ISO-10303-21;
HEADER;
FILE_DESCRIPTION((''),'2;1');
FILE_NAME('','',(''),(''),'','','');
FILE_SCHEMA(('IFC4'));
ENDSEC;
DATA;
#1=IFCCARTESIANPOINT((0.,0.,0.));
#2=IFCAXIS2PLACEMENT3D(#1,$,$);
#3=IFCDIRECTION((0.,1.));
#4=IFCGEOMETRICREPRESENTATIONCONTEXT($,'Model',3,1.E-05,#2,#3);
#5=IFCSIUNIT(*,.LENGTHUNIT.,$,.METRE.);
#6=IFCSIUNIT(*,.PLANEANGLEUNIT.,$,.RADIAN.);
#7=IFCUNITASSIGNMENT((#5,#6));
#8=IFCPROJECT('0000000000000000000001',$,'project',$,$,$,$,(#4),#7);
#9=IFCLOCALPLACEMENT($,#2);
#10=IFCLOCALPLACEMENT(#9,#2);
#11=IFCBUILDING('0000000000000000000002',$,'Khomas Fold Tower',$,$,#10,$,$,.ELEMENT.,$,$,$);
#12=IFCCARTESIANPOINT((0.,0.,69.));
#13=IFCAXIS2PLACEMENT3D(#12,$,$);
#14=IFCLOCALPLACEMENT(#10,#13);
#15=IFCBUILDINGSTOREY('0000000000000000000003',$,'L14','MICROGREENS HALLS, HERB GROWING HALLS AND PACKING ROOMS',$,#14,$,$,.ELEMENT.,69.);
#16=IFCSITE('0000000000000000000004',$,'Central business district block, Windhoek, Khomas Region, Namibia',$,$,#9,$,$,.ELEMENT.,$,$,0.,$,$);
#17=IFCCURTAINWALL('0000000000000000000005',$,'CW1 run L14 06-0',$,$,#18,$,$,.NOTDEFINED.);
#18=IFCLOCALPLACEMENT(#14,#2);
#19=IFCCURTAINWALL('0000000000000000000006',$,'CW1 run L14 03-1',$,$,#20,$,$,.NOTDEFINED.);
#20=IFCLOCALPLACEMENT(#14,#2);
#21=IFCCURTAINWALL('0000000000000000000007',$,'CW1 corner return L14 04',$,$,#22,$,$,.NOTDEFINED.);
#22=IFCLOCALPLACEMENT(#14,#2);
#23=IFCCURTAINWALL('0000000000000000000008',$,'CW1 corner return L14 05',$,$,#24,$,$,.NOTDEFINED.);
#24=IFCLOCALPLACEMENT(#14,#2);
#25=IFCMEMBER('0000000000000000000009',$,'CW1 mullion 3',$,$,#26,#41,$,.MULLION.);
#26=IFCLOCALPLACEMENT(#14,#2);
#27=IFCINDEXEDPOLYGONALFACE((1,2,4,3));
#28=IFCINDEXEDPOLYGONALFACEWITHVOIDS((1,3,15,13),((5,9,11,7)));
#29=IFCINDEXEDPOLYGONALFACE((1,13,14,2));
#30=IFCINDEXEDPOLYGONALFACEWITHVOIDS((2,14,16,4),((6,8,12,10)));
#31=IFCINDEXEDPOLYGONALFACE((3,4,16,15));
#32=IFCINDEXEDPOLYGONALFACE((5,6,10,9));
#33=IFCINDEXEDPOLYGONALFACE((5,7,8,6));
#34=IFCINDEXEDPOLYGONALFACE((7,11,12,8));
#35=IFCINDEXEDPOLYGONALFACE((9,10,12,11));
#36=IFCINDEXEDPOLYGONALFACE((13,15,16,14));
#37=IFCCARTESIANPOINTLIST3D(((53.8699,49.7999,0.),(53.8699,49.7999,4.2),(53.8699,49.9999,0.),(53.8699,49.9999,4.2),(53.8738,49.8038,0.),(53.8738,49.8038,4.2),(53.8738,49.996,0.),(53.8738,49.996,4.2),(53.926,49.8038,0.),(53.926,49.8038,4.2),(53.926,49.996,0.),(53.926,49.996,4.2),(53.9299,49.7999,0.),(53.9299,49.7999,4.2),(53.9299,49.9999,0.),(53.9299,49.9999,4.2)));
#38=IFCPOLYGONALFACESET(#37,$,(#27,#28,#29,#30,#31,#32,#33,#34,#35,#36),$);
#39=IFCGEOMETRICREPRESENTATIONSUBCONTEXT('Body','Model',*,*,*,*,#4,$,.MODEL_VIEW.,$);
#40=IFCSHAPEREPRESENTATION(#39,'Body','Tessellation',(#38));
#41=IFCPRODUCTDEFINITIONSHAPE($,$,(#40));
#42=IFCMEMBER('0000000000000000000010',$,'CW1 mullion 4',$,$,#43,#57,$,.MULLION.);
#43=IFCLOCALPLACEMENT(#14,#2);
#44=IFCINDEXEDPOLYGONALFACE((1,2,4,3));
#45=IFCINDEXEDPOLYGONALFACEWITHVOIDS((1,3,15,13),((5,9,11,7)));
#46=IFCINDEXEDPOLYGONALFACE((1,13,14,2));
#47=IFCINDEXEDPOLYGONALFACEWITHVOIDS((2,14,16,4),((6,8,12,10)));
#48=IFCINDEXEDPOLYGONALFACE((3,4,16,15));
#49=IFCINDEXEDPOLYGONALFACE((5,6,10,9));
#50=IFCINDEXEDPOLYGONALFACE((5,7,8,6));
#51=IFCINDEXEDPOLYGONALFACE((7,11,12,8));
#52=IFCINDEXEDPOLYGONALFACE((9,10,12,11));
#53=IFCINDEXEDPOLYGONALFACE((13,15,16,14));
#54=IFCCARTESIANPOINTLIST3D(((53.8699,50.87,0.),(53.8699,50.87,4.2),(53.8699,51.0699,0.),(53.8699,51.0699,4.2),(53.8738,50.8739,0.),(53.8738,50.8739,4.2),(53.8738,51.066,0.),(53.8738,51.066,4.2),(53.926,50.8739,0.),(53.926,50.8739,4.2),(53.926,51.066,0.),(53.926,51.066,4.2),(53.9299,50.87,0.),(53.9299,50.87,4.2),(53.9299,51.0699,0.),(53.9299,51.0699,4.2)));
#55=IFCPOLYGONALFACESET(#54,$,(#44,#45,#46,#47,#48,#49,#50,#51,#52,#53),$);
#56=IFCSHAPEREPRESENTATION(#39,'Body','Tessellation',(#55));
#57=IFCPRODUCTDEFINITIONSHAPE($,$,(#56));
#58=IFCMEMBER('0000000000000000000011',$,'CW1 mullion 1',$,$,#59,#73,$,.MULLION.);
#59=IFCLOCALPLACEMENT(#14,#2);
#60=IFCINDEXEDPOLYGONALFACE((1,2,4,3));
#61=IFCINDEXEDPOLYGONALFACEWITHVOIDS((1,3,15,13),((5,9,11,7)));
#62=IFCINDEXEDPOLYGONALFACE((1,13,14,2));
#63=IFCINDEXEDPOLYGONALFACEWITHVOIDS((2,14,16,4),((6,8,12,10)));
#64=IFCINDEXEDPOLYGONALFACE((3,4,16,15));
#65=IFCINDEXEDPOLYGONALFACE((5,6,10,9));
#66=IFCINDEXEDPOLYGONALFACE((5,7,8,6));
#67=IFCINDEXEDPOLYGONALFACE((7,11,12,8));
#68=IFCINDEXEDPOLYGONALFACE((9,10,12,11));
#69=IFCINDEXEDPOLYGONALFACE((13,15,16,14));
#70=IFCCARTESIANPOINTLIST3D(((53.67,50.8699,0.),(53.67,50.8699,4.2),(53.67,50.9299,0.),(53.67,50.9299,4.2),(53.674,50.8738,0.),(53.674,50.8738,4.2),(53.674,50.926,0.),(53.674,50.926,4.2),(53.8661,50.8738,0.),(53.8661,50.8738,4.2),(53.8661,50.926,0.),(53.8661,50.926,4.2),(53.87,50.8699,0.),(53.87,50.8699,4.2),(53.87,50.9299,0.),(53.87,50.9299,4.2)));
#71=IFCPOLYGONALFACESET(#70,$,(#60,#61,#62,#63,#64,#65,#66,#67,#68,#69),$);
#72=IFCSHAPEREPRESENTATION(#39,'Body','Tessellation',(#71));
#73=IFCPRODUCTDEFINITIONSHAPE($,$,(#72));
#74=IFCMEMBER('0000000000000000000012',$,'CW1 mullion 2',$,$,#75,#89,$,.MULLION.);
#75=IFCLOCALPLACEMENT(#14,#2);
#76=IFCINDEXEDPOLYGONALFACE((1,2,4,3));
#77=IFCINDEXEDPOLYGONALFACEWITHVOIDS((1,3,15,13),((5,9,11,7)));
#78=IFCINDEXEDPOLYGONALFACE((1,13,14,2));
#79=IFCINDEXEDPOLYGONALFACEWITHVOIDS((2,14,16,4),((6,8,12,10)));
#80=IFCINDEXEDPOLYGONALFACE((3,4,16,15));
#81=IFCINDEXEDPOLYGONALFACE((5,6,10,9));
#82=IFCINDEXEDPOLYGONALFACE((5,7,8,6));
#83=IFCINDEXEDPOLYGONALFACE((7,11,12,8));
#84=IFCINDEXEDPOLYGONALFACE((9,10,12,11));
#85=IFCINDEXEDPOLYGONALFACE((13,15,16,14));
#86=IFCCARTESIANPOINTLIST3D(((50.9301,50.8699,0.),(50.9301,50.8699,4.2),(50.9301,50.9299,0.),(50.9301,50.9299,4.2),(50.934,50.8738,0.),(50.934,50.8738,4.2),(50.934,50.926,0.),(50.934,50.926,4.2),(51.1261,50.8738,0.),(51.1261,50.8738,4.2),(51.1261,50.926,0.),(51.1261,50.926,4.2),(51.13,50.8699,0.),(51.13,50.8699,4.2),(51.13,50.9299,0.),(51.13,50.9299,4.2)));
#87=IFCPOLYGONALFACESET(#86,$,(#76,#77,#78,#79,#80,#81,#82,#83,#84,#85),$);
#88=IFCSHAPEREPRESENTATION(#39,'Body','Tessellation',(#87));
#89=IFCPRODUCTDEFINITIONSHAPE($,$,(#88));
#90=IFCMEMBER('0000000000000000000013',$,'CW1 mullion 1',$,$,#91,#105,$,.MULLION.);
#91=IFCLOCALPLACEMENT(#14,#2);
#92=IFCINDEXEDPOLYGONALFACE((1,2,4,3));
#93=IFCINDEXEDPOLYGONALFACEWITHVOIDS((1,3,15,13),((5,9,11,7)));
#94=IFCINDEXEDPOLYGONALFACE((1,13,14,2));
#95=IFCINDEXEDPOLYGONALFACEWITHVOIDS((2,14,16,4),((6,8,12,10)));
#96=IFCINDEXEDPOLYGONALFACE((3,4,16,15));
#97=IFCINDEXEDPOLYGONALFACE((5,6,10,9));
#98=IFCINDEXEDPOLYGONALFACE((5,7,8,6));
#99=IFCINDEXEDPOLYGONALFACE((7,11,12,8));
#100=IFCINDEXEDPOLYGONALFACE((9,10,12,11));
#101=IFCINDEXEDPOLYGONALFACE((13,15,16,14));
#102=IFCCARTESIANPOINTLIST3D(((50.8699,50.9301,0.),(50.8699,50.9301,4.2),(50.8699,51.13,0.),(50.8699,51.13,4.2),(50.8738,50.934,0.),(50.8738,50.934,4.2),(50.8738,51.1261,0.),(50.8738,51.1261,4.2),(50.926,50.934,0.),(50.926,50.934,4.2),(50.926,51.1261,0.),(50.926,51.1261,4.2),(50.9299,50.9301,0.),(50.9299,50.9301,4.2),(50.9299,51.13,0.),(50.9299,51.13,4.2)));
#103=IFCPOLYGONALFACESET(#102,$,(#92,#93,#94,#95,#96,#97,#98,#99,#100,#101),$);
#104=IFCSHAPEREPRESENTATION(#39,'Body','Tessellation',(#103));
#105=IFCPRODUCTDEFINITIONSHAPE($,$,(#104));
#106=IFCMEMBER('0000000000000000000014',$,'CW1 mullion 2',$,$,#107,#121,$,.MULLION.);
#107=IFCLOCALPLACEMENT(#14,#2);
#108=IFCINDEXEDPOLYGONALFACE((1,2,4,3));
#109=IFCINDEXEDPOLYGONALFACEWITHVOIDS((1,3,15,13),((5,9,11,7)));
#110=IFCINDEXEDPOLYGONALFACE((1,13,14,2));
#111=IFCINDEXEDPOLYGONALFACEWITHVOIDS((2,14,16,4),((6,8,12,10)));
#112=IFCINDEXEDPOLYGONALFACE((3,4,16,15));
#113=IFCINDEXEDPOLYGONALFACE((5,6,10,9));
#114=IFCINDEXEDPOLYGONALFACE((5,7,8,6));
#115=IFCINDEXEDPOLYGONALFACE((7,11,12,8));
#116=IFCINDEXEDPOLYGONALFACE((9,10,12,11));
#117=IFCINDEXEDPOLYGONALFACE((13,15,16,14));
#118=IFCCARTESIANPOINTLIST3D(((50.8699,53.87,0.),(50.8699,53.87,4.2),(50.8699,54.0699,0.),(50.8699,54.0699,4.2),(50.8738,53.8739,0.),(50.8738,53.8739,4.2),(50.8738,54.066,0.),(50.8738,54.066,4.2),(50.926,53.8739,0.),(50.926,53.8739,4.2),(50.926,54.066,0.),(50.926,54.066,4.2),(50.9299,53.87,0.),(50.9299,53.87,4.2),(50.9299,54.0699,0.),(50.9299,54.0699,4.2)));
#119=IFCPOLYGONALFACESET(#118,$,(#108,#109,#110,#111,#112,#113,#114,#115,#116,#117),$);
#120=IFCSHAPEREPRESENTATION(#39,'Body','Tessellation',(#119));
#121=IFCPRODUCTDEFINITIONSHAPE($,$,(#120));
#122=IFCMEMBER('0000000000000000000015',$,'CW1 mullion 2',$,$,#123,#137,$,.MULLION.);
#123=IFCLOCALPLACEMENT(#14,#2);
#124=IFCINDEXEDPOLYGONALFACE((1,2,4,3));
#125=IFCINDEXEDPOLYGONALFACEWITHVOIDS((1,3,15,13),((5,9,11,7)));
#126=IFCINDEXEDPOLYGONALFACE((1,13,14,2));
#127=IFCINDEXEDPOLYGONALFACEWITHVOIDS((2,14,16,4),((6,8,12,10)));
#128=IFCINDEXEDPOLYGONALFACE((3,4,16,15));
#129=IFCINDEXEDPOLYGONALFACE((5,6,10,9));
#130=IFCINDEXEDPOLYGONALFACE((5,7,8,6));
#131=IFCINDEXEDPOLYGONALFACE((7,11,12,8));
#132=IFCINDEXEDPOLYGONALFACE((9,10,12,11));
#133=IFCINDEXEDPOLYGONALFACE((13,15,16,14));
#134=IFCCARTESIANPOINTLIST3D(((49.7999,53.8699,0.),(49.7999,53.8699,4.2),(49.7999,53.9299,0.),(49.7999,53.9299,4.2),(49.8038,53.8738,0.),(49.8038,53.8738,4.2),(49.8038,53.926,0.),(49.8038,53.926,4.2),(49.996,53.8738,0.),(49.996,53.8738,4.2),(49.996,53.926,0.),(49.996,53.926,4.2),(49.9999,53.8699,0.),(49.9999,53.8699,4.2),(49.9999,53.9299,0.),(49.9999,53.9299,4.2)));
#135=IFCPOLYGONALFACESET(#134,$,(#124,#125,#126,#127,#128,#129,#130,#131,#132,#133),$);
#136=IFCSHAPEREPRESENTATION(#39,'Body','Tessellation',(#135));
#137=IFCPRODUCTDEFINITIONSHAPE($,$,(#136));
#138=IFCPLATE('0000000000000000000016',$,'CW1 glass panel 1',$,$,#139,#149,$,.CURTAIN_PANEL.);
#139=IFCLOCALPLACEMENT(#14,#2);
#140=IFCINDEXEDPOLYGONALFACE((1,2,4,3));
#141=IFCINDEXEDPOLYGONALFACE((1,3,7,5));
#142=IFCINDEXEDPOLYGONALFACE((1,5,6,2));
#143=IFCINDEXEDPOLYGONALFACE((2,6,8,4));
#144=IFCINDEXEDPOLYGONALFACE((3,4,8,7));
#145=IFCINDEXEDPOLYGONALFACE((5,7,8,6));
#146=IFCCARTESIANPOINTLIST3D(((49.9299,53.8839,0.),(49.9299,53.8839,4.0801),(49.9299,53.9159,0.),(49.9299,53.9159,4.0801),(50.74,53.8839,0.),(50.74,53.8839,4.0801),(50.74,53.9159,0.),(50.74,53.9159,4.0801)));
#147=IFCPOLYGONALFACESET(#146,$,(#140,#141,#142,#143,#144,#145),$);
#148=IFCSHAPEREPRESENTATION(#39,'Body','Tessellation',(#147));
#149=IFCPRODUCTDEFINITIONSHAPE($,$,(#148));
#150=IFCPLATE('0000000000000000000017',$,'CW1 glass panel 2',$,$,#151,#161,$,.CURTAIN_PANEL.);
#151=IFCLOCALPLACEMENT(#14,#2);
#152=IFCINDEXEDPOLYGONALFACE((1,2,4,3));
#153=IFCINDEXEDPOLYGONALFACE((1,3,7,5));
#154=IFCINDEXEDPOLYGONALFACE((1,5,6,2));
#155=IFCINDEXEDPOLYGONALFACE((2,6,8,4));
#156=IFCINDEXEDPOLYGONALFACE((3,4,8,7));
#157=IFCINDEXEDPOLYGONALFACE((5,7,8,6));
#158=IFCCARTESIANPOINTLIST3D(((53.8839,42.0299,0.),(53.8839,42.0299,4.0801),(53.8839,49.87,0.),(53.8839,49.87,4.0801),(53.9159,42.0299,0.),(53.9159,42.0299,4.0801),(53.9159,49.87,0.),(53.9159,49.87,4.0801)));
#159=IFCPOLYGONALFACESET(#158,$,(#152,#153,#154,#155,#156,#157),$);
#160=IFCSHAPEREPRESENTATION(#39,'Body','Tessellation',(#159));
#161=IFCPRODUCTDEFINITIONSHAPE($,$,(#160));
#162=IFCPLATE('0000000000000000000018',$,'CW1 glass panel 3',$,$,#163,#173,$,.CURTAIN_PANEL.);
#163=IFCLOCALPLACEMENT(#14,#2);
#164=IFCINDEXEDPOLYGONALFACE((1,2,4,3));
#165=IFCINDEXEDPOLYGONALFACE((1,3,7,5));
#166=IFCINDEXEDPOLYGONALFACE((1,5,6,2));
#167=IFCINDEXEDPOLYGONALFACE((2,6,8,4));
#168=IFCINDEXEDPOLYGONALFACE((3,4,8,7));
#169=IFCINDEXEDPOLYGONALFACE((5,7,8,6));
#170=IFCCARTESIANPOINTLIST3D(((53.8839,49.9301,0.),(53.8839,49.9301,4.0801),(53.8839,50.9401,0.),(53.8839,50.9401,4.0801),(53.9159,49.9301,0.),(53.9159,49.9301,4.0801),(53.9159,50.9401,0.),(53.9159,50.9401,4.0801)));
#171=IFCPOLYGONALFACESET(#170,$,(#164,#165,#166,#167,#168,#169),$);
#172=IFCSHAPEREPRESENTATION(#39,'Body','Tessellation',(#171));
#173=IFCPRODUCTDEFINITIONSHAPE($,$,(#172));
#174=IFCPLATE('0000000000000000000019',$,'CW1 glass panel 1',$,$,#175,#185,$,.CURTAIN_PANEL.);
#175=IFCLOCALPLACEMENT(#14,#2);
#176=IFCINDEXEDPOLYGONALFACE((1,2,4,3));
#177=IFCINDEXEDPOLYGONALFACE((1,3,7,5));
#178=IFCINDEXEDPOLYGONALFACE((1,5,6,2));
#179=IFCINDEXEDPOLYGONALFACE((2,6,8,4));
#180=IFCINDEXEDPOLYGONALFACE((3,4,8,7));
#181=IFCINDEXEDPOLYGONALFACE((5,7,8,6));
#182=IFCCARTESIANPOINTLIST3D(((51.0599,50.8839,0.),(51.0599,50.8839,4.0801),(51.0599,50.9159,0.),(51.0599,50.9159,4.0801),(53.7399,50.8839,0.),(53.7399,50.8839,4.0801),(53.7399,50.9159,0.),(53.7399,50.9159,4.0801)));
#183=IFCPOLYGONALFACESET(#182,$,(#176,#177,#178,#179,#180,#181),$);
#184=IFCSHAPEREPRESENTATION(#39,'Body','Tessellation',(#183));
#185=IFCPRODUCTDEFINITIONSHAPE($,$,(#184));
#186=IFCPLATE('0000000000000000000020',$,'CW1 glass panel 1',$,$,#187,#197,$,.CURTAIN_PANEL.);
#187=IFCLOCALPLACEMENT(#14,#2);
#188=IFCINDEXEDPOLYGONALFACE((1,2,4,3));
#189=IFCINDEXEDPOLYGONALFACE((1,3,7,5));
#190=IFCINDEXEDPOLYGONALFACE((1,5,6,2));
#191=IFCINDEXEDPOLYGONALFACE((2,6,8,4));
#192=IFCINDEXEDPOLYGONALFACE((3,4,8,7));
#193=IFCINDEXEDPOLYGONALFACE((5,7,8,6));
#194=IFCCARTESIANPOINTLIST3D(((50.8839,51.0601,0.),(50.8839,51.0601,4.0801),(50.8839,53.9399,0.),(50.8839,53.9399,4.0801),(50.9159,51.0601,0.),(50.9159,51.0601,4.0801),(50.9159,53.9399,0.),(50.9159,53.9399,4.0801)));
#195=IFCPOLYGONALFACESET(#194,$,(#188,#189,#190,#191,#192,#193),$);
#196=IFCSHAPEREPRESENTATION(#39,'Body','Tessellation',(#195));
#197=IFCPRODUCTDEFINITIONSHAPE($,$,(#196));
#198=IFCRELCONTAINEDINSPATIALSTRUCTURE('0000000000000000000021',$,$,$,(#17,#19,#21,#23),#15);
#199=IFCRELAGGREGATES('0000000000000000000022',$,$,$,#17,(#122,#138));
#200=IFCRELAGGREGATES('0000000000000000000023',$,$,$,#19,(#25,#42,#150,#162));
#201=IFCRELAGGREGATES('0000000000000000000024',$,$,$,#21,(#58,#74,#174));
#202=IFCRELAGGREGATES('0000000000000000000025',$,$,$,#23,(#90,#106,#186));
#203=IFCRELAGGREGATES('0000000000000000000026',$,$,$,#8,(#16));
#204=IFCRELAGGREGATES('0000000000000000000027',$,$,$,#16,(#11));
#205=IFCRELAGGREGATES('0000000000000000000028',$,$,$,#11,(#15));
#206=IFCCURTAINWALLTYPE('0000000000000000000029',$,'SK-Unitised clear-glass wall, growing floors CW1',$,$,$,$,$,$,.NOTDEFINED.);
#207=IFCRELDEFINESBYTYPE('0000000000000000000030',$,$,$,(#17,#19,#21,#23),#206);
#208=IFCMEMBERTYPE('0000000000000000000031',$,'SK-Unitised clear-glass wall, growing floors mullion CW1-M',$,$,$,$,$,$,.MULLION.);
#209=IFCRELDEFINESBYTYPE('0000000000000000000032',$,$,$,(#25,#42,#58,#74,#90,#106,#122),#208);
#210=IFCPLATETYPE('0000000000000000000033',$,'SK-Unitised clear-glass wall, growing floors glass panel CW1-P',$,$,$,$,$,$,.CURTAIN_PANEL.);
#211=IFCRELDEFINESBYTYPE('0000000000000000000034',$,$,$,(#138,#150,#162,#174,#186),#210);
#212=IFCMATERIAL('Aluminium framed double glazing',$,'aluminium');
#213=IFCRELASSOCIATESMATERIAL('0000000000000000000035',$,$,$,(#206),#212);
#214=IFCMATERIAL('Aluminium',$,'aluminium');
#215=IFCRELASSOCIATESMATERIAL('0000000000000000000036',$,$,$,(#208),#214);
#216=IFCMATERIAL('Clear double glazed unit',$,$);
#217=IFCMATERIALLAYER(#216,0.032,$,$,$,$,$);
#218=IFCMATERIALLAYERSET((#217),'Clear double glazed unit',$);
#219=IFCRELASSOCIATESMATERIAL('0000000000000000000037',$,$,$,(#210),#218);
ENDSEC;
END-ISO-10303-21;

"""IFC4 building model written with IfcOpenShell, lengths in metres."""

from ifc_helpers import new_model, si_unit, direction, frame, origin, origin_2d, place, context, subcontext, project, spatial, rectangle, hollow_rectangle, extrude, source, transform, mapped, material, layer, layer_set, material_profile, profile_set, type_object, element, aggregate, save


model = new_model("IFC4")

# Units and contexts
model_context = context("Model", 3, precision=1e-05, world=origin(), true_north=direction((0.0, 1.0)))
body_context = subcontext(model_context, "Body", "Model", "MODEL_VIEW")
ifc_project = project(units=[si_unit("LENGTHUNIT", "METRE"), si_unit("PLANEANGLEUNIT", "RADIAN")], contexts=[model_context])

# Site, building, storey
site_placement = place(None, origin())
site = spatial("IfcSite", under=ifc_project, at=site_placement, Name="Central business district block, Windhoek, Khomas Region, Namibia", CompositionType="ELEMENT", RefElevation=0.0)
building_placement = place(site_placement, origin())
building = spatial("IfcBuilding", under=site, at=building_placement, Name="Khomas Fold Tower", CompositionType="ELEMENT")
storey_placement = place(building_placement, frame((0.0, 0.0, 69.0)))
storey = spatial("IfcBuildingStorey", under=building, at=storey_placement, Name="L14", Description="MICROGREENS HALLS, HERB GROWING HALLS AND PACKING ROOMS", CompositionType="ELEMENT", Elevation=69.0)

# Curtain walls
ifc_material_1 = material(Name="Aluminium framed double glazing", Category="aluminium")
curtain_wall_type = type_object("IfcCurtainWallType", Name="SK-Unitised clear-glass wall, growing floors CW1", PredefinedType="NOTDEFINED", material=ifc_material_1)
curtain_wall_1_placement = place(storey_placement, origin())
curtain_wall_1 = element("IfcCurtainWall", 1, at=curtain_wall_1_placement, inside=storey, type_object=curtain_wall_type, Name="CW1 run L14 06-0", PredefinedType="NOTDEFINED")
curtain_wall_2_placement = place(storey_placement, origin())
curtain_wall_2 = element("IfcCurtainWall", 2, at=curtain_wall_2_placement, inside=storey, type_object=curtain_wall_type, Name="CW1 run L14 03-1", PredefinedType="NOTDEFINED")
curtain_wall_3_placement = place(storey_placement, origin())
curtain_wall_3 = element("IfcCurtainWall", 3, at=curtain_wall_3_placement, inside=storey, type_object=curtain_wall_type, Name="CW1 corner return L14 04", PredefinedType="NOTDEFINED")
curtain_wall_4_placement = place(storey_placement, origin())
curtain_wall_4 = element("IfcCurtainWall", 4, at=curtain_wall_4_placement, inside=storey, type_object=curtain_wall_type, Name="CW1 corner return L14 05", PredefinedType="NOTDEFINED")

# Members
ifc_material_2 = material(Name="Aluminium", Category="aluminium")
ifc_material_profile_1 = material_profile(ifc_material_2, hollow_rectangle(XDim=0.0601, YDim=0.2, WallThickness=0.0039, at=origin_2d()), Name="SK-Unitised clear-glass wall, growing floors mullion CW1-M")
ifc_profile_set_1 = profile_set([ifc_material_profile_1], Name="Aluminium")
member_type_1 = type_object("IfcMemberType", Name="SK-Unitised clear-glass wall, growing floors mullion CW1-M", PredefinedType="MULLION", material=ifc_profile_set_1)
shared_shape_1 = source(origin(), body_context, "Body", "SweptSolid", [
    extrude(hollow_rectangle(XDim=0.0601, YDim=0.2, WallThickness=0.0039, at=origin_2d()), origin(), (0.0, 0.0, 1.0), 4.2),
])
member_1_placement = place(storey_placement, frame((53.8999, 49.8999, 0.0), z_axis=(0.0, 0.0, 1.0), x_axis=(-1.0, 0.0, 0.0)))
member_1 = element("IfcMember", 5, at=member_1_placement, type_object=member_type_1, Name="CW1 mullion 3", PredefinedType="MULLION", context=body_context, shape_type="MappedRepresentation", body=[
    mapped(shared_shape_1, transform((0.0, 0.0, 0.0))),
])
member_2_placement = place(storey_placement, frame((53.8999, 50.97, 0.0), z_axis=(0.0, 0.0, 1.0), x_axis=(-1.0, 0.0, 0.0)))
member_2 = element("IfcMember", 6, at=member_2_placement, type_object=member_type_1, Name="CW1 mullion 4", PredefinedType="MULLION", context=body_context, shape_type="MappedRepresentation", body=[
    mapped(shared_shape_1, transform((0.0, 0.0, 0.0))),
])
member_3_placement = place(storey_placement, frame((53.77, 50.8999, 0.0), z_axis=(0.0, 0.0, 1.0), x_axis=(0.0, -1.0, 0.0)))
member_3 = element("IfcMember", 7, at=member_3_placement, type_object=member_type_1, Name="CW1 mullion 1", PredefinedType="MULLION", context=body_context, shape_type="MappedRepresentation", body=[
    mapped(shared_shape_1, transform((0.0, 0.0, 0.0))),
])
member_4_placement = place(storey_placement, frame((51.03, 50.8999, 0.0), z_axis=(0.0, 0.0, 1.0), x_axis=(0.0, -1.0, 0.0)))
member_4 = element("IfcMember", 8, at=member_4_placement, type_object=member_type_1, Name="CW1 mullion 2", PredefinedType="MULLION", context=body_context, shape_type="MappedRepresentation", body=[
    mapped(shared_shape_1, transform((0.0, 0.0, 0.0))),
])
member_5_placement = place(storey_placement, frame((50.8999, 51.03, 0.0), z_axis=(0.0, 0.0, 1.0), x_axis=(-1.0, 0.0, 0.0)))
member_5 = element("IfcMember", 9, at=member_5_placement, type_object=member_type_1, Name="CW1 mullion 1", PredefinedType="MULLION", context=body_context, shape_type="MappedRepresentation", body=[
    mapped(shared_shape_1, transform((0.0, 0.0, 0.0))),
])
member_6_placement = place(storey_placement, frame((50.8999, 53.97, 0.0), z_axis=(0.0, 0.0, 1.0), x_axis=(-1.0, 0.0, 0.0)))
member_6 = element("IfcMember", 10, at=member_6_placement, type_object=member_type_1, Name="CW1 mullion 2", PredefinedType="MULLION", context=body_context, shape_type="MappedRepresentation", body=[
    mapped(shared_shape_1, transform((0.0, 0.0, 0.0))),
])
member_7_placement = place(storey_placement, frame((49.8999, 53.8999, 0.0), z_axis=(0.0, 0.0, 1.0), x_axis=(0.0, -1.0, 0.0)))
member_7 = element("IfcMember", 11, at=member_7_placement, type_object=member_type_1, Name="CW1 mullion 2", PredefinedType="MULLION", context=body_context, shape_type="MappedRepresentation", body=[
    mapped(shared_shape_1, transform((0.0, 0.0, 0.0))),
])

# Plates
ifc_material_3 = material(Name="Clear double glazed unit")
ifc_layer_1 = layer(ifc_material_3, 0.032)
ifc_layer_set_1 = layer_set([ifc_layer_1], Name="Clear double glazed unit")
plate_type = type_object("IfcPlateType", Name="SK-Unitised clear-glass wall, growing floors glass panel CW1-P", PredefinedType="CURTAIN_PANEL", material=ifc_layer_set_1)
shared_shape_2 = source(origin(), body_context, "Body", "SweptSolid", [
    extrude(rectangle(XDim=0.8101, YDim=0.032, at=origin_2d()), origin(), (0.0, 0.0, 1.0), 4.0801),
])
plate_1_placement = place(storey_placement, frame((50.335, 53.8999, 0.0), z_axis=(0.0, 0.0, 1.0), x_axis=(-1.0, 0.0, 0.0)))
plate_1 = element("IfcPlate", 12, at=plate_1_placement, type_object=plate_type, Name="CW1 glass panel 1", PredefinedType="CURTAIN_PANEL", context=body_context, shape_type="MappedRepresentation", body=[
    mapped(shared_shape_2, transform((0.0, 0.0, 0.0))),
])
aggregate(curtain_wall_1, [member_7, plate_1])
shared_shape_3 = source(origin(), body_context, "Body", "SweptSolid", [
    extrude(rectangle(XDim=7.8401, YDim=0.032, at=origin_2d()), origin(), (0.0, 0.0, 1.0), 4.0801),
])
plate_2_placement = place(storey_placement, frame((53.8999, 45.95, 0.0), z_axis=(0.0, 0.0, 1.0), x_axis=(0.0, 1.0, 0.0)))
plate_2 = element("IfcPlate", 13, at=plate_2_placement, type_object=plate_type, Name="CW1 glass panel 2", PredefinedType="CURTAIN_PANEL", context=body_context, shape_type="MappedRepresentation", body=[
    mapped(shared_shape_3, transform((0.0, 0.0, 0.0))),
])
shared_shape_4 = source(origin(), body_context, "Body", "SweptSolid", [
    extrude(rectangle(XDim=1.01, YDim=0.032, at=origin_2d()), origin(), (0.0, 0.0, 1.0), 4.0801),
])
plate_3_placement = place(storey_placement, frame((53.8999, 50.4351, 0.0), z_axis=(0.0, 0.0, 1.0), x_axis=(0.0, 1.0, 0.0)))
plate_3 = element("IfcPlate", 14, at=plate_3_placement, type_object=plate_type, Name="CW1 glass panel 3", PredefinedType="CURTAIN_PANEL", context=body_context, shape_type="MappedRepresentation", body=[
    mapped(shared_shape_4, transform((0.0, 0.0, 0.0))),
])
aggregate(curtain_wall_2, [member_1, member_2, plate_2, plate_3])
shared_shape_5 = source(origin(), body_context, "Body", "SweptSolid", [
    extrude(rectangle(XDim=2.6799, YDim=0.032, at=origin_2d()), origin(), (0.0, 0.0, 1.0), 4.0801),
])
plate_4_placement = place(storey_placement, frame((52.3999, 50.8999, 0.0), z_axis=(0.0, 0.0, 1.0), x_axis=(-1.0, 0.0, 0.0)))
plate_4 = element("IfcPlate", 15, at=plate_4_placement, type_object=plate_type, Name="CW1 glass panel 1", PredefinedType="CURTAIN_PANEL", context=body_context, shape_type="MappedRepresentation", body=[
    mapped(shared_shape_5, transform((0.0, 0.0, 0.0))),
])
aggregate(curtain_wall_3, [member_3, member_4, plate_4])
shared_shape_6 = source(origin(), body_context, "Body", "SweptSolid", [
    extrude(rectangle(XDim=2.8799, YDim=0.032, at=origin_2d()), origin(), (0.0, 0.0, 1.0), 4.0801),
])
plate_5_placement = place(storey_placement, frame((50.8999, 52.5, 0.0), z_axis=(0.0, 0.0, 1.0), x_axis=(0.0, 1.0, 0.0)))
plate_5 = element("IfcPlate", 16, at=plate_5_placement, type_object=plate_type, Name="CW1 glass panel 1", PredefinedType="CURTAIN_PANEL", context=body_context, shape_type="MappedRepresentation", body=[
    mapped(shared_shape_6, transform((0.0, 0.0, 0.0))),
])
aggregate(curtain_wall_4, [member_5, member_6, plate_5])

save(model, "model.ifc")
